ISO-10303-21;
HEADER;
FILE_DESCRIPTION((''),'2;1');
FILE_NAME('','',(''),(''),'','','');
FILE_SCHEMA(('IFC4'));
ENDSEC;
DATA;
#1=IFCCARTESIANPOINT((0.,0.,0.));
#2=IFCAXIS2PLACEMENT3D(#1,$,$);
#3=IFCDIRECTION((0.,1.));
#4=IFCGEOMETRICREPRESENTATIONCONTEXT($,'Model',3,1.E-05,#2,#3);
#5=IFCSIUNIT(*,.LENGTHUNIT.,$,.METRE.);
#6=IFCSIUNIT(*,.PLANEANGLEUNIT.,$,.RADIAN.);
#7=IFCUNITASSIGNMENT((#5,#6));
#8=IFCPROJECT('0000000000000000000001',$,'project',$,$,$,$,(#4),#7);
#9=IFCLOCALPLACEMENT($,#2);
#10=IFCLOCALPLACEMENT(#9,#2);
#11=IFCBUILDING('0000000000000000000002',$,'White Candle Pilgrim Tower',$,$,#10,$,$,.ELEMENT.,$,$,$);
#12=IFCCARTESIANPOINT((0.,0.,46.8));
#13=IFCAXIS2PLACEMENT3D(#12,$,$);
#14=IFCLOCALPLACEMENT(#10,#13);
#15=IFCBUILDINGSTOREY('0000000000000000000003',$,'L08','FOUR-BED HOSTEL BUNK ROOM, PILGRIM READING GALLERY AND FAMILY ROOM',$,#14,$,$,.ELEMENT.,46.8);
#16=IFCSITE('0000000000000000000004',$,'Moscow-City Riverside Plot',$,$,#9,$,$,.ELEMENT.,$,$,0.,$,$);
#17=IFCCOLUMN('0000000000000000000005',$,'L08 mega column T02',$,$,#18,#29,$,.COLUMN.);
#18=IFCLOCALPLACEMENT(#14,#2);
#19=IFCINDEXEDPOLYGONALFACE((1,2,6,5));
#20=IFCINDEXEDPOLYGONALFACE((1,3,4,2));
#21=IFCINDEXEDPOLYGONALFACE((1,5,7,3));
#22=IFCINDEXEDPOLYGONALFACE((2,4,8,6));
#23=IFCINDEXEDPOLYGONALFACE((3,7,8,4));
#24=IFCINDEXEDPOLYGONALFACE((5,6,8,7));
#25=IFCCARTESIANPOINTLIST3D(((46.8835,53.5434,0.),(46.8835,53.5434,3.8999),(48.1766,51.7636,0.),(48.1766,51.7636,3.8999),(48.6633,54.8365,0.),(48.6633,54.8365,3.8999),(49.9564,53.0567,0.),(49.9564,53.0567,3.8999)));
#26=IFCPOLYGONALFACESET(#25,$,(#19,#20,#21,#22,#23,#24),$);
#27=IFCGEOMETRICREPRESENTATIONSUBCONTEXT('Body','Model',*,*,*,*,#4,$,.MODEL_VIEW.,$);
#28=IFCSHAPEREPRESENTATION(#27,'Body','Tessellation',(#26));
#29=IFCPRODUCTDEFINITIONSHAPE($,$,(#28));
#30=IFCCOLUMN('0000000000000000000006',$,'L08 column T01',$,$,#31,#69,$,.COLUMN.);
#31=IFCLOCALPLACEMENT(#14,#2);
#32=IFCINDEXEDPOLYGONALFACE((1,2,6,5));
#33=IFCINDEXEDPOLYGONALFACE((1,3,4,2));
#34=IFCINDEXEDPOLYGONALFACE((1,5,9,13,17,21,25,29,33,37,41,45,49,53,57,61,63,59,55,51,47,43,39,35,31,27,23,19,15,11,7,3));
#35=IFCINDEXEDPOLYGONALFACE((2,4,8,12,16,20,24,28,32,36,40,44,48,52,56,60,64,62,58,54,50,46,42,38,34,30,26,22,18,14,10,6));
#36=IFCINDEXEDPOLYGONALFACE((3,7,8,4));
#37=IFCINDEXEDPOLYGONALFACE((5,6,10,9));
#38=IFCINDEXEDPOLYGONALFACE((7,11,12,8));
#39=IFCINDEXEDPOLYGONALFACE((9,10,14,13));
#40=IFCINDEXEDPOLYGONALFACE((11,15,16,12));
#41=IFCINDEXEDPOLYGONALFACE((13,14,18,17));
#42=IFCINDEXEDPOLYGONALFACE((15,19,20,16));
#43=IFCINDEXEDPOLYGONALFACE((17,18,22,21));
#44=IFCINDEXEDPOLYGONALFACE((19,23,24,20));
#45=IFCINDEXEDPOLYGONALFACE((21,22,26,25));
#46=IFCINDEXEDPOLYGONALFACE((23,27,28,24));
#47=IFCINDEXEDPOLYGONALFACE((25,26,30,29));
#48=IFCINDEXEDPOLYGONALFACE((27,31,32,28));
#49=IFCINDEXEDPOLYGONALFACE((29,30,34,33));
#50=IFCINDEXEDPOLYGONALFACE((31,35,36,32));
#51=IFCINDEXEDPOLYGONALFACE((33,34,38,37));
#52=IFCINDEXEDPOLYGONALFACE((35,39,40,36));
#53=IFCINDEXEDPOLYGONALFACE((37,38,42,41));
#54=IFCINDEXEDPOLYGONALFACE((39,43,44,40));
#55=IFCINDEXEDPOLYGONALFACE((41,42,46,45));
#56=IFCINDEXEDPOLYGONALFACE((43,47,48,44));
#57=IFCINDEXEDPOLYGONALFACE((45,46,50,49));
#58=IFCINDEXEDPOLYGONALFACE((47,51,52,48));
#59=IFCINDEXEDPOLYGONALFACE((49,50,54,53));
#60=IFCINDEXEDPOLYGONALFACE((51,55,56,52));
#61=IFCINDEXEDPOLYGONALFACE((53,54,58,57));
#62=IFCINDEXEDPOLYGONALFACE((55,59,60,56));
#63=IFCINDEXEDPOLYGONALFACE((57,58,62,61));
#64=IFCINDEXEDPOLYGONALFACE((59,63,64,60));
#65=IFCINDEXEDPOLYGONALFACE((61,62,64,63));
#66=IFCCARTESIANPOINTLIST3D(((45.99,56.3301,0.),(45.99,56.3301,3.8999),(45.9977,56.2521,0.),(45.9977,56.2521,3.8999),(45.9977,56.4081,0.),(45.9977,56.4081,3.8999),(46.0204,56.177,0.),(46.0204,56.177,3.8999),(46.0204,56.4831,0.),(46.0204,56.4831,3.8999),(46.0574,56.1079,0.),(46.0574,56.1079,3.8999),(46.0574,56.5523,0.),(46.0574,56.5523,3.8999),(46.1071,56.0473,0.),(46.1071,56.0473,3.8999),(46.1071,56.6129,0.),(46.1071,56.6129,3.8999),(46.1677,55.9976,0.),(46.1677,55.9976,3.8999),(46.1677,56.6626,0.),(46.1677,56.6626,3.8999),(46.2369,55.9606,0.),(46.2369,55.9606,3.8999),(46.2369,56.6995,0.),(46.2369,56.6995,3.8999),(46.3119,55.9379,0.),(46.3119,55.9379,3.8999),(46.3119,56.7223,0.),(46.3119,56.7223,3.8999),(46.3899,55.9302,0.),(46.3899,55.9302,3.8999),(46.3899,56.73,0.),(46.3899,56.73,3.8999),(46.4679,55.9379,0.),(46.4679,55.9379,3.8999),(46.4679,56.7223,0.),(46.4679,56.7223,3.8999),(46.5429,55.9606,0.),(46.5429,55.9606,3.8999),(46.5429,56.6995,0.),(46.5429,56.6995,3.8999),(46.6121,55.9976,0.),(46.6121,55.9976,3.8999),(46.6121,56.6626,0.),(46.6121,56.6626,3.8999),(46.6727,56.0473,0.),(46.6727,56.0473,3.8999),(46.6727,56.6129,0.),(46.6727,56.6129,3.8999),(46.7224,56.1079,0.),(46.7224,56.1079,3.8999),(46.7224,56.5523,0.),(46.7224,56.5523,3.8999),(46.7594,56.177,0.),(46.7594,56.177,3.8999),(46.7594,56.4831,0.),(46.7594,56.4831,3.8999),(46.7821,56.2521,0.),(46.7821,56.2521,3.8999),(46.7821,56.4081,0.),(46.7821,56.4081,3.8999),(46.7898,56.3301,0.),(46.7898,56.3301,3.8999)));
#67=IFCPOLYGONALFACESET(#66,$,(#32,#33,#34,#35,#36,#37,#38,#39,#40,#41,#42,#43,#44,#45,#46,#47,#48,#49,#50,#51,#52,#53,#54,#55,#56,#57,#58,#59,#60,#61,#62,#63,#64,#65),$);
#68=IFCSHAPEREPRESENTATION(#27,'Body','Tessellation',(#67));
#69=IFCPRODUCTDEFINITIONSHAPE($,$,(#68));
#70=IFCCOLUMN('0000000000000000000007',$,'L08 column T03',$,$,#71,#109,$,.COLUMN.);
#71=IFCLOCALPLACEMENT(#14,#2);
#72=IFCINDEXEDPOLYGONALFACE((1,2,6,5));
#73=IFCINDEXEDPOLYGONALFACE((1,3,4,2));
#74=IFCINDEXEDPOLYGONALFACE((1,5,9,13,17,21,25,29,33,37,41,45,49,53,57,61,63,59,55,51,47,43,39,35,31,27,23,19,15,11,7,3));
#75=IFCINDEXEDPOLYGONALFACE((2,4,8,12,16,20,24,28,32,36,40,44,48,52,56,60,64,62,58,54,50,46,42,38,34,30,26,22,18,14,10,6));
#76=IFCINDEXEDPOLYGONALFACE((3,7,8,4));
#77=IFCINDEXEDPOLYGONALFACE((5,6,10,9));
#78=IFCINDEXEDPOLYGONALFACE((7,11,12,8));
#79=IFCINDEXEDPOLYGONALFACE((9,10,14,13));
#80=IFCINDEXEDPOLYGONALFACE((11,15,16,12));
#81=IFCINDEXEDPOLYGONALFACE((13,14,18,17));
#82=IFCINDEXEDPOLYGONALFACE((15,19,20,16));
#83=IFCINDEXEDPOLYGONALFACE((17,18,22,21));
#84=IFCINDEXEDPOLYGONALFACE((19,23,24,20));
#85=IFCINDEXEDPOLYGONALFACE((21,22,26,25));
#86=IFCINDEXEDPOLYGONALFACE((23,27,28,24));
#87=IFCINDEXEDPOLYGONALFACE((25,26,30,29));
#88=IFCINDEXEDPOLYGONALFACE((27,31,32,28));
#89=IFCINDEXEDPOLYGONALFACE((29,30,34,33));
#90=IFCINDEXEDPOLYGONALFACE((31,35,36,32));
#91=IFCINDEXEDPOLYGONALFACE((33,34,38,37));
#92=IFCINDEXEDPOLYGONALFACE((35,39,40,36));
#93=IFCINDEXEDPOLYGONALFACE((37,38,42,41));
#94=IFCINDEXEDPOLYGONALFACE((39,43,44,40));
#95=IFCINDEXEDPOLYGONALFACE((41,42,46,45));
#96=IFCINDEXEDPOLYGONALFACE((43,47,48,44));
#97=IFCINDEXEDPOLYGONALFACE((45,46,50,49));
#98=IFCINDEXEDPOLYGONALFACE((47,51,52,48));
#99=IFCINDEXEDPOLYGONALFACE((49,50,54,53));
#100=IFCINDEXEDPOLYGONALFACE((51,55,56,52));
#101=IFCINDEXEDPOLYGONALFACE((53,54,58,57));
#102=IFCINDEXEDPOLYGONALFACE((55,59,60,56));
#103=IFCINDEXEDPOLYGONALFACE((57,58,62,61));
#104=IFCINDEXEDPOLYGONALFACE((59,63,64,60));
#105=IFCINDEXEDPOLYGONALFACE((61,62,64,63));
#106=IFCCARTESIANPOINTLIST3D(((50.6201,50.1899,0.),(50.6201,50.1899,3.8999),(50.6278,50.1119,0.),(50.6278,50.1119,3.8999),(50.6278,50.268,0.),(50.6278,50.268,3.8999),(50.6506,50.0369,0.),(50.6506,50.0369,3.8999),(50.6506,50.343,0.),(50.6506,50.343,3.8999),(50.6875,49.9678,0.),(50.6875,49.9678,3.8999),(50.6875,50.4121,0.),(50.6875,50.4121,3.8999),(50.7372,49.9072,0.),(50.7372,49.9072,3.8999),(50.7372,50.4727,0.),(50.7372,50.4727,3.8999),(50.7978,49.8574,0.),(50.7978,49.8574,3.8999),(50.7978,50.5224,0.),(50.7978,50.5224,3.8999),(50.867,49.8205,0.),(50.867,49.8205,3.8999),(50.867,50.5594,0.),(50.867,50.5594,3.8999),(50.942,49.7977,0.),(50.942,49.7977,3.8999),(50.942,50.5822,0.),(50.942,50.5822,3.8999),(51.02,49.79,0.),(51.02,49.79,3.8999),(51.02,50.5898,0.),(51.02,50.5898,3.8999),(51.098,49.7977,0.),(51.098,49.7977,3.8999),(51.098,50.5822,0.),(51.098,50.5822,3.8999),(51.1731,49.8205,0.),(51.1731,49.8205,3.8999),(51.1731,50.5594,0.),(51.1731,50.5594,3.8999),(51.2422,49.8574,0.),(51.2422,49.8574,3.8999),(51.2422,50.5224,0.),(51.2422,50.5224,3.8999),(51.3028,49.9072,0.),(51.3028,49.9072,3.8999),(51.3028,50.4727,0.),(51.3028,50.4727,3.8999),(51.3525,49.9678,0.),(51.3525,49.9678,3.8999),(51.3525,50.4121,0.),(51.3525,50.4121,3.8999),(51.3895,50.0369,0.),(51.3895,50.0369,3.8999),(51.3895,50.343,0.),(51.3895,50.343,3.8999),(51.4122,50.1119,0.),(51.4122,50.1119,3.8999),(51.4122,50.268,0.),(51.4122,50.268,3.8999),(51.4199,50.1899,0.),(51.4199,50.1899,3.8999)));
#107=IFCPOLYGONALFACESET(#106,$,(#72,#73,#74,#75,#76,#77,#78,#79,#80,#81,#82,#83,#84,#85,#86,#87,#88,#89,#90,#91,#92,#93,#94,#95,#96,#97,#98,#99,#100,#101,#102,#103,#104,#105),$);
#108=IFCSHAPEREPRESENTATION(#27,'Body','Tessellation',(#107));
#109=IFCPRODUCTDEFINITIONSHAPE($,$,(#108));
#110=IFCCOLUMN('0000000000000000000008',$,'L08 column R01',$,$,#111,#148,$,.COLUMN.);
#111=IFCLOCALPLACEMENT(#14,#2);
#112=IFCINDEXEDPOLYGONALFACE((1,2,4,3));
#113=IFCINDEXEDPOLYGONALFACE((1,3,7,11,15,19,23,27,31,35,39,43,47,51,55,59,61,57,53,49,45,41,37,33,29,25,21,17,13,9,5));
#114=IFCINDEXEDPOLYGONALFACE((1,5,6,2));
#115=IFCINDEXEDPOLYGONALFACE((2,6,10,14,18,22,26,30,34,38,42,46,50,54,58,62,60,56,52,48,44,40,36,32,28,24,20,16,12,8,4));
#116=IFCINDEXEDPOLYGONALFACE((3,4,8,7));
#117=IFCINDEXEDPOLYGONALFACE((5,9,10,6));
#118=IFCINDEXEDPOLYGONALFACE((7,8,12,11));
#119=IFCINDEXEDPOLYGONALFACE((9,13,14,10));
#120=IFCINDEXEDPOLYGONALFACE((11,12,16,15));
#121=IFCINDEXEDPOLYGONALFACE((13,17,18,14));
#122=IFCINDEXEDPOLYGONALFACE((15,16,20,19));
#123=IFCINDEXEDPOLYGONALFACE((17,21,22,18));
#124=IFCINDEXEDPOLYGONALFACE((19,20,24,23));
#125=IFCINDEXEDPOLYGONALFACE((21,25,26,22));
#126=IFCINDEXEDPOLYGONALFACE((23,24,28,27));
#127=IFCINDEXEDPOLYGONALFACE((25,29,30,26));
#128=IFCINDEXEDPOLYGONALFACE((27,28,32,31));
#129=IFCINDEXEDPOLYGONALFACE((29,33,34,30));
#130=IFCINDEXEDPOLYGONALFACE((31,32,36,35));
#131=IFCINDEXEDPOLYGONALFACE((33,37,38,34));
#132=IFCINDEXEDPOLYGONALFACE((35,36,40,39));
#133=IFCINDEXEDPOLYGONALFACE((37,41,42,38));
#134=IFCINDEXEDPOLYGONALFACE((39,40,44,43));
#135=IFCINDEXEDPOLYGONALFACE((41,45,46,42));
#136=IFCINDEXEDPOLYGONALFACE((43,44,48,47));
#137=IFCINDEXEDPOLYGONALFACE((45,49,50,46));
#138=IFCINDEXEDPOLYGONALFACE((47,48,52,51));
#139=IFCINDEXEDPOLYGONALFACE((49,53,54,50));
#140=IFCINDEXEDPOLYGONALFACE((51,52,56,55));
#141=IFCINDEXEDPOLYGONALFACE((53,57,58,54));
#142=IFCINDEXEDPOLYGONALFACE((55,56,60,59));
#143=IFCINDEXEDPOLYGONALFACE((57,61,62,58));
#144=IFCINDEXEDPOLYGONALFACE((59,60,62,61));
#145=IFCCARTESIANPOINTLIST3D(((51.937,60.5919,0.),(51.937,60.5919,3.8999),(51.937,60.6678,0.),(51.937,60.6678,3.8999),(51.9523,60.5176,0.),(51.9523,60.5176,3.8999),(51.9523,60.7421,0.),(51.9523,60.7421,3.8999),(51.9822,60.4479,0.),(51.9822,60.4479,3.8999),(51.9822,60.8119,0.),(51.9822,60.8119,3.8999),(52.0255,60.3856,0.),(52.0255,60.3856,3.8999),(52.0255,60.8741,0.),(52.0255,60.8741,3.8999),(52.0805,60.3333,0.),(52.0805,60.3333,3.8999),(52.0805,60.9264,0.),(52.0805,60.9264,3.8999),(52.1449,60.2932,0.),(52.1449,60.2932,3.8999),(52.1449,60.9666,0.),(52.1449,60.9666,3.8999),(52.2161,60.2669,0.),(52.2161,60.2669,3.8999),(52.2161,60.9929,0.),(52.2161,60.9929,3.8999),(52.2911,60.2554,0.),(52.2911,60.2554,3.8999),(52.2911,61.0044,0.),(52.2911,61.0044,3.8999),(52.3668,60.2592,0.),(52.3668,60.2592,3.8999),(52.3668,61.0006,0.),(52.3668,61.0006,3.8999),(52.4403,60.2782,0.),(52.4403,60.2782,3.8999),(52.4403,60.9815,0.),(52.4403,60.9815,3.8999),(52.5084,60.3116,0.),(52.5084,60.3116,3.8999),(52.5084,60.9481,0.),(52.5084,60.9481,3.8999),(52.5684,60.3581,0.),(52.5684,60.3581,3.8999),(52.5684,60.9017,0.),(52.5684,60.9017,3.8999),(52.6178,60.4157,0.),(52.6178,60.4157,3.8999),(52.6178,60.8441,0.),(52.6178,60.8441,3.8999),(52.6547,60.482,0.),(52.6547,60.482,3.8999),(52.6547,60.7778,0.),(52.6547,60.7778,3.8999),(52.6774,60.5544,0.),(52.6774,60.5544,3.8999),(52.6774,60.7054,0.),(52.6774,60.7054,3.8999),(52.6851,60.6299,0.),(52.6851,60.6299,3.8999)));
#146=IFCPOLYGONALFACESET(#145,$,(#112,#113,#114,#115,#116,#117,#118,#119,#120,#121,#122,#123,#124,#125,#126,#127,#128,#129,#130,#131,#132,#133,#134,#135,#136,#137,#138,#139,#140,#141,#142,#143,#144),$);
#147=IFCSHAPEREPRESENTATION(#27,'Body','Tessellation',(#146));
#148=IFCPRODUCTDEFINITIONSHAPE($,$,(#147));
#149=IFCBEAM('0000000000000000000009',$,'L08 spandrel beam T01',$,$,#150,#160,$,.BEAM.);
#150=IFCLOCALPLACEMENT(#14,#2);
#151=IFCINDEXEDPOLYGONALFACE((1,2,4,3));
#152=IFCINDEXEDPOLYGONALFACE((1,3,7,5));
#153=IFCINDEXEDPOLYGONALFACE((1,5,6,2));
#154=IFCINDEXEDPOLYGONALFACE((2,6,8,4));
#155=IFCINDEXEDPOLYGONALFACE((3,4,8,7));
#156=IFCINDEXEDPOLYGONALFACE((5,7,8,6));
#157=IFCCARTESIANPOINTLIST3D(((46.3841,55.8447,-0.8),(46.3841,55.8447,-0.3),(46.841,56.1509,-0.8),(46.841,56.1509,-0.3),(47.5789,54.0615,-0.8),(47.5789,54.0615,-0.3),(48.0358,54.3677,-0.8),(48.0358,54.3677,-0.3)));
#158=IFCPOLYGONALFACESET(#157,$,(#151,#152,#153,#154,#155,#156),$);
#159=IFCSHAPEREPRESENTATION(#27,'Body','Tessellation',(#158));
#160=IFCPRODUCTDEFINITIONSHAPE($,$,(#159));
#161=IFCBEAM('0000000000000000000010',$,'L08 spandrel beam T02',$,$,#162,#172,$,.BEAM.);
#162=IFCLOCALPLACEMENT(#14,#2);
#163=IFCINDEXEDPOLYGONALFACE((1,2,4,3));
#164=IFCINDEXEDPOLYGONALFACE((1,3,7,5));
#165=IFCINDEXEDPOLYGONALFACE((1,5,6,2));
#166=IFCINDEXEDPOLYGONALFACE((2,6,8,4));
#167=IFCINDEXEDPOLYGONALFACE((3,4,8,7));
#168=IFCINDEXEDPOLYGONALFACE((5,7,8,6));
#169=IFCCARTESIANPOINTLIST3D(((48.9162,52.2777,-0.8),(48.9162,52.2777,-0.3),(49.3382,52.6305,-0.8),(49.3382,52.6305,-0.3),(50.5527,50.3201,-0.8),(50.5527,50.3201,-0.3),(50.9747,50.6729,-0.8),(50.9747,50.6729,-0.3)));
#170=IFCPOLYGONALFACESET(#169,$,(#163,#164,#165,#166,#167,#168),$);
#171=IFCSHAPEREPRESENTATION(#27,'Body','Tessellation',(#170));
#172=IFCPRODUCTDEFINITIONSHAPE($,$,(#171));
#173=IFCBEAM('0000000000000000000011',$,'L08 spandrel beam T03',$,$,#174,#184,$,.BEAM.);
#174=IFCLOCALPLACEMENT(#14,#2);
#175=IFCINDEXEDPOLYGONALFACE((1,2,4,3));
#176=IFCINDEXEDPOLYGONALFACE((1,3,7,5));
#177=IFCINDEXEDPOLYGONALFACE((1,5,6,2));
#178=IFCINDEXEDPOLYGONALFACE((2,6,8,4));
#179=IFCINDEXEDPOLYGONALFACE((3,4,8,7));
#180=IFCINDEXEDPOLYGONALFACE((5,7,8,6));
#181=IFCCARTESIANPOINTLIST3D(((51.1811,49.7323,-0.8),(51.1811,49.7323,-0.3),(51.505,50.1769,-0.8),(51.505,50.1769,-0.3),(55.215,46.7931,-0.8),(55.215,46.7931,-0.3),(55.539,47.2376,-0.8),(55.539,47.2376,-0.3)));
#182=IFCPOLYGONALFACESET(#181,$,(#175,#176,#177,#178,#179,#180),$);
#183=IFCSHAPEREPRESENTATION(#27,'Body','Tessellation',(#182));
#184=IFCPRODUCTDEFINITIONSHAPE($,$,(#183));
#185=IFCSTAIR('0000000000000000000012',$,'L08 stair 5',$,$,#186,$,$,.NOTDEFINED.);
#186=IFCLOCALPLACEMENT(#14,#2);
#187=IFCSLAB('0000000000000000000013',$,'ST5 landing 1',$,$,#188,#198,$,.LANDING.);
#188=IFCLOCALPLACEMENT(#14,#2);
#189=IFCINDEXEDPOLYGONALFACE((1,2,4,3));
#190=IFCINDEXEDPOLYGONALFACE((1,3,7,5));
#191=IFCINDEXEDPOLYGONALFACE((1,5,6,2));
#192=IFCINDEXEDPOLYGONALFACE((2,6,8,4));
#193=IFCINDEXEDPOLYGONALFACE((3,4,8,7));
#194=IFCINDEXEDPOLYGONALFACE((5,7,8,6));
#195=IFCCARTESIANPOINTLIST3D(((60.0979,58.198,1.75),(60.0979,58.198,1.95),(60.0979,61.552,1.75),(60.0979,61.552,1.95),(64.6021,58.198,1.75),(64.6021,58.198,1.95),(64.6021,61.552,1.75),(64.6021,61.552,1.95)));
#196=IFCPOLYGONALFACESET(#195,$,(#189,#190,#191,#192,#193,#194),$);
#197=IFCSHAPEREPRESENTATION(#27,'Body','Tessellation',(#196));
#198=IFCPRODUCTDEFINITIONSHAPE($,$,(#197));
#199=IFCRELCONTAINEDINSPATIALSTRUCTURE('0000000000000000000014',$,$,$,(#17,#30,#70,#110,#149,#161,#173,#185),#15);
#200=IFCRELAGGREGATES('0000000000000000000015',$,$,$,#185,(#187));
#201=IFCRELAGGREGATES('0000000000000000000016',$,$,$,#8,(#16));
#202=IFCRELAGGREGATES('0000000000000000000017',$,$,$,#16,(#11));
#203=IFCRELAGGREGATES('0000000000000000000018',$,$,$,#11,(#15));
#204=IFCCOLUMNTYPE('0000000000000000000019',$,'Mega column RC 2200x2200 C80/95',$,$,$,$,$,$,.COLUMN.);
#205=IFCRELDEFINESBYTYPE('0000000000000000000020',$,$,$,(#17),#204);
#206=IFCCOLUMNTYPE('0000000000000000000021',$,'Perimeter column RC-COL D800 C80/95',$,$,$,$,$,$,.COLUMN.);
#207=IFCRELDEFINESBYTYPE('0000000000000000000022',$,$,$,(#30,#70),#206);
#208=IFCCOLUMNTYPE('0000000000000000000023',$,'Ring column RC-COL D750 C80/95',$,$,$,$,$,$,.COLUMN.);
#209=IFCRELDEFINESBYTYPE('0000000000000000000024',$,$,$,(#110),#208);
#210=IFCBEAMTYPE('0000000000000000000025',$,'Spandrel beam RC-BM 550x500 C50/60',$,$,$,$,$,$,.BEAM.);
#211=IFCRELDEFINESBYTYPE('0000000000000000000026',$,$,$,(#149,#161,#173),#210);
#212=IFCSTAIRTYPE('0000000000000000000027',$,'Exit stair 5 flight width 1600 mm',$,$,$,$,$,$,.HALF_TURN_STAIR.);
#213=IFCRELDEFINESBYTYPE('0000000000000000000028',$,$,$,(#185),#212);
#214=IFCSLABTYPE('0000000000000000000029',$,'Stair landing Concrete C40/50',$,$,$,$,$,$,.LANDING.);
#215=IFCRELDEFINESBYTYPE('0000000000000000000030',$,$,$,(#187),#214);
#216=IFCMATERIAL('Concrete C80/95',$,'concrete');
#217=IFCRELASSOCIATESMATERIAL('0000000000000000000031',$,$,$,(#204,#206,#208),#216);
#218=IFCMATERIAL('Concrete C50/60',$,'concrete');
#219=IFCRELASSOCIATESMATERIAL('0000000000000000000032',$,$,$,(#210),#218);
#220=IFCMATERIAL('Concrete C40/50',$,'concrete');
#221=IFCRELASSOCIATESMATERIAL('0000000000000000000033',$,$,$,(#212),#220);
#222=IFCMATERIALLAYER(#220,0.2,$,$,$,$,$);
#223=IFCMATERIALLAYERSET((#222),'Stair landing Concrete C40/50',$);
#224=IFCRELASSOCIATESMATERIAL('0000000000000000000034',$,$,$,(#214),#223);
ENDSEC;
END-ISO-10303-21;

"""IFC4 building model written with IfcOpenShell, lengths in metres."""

from ifc_helpers import new_model, si_unit, direction, frame, origin, origin_2d, place, context, subcontext, project, spatial, polyline, rectangle, circle, outline, extrude, material, layer, layer_set, material_profile, profile_set, type_object, element, aggregate, save


model = new_model("IFC4")

# Units and contexts
model_context = context("Model", 3, precision=1e-05, world=origin(), true_north=direction((0.0, 1.0)))
body_context = subcontext(model_context, "Body", "Model", "MODEL_VIEW")
ifc_project = project(units=[si_unit("LENGTHUNIT", "METRE"), si_unit("PLANEANGLEUNIT", "RADIAN")], contexts=[model_context])

# Site, building, storey
site_placement = place(None, origin())
site = spatial("IfcSite", under=ifc_project, at=site_placement, Name="Moscow-City Riverside Plot", CompositionType="ELEMENT", RefElevation=0.0)
building_placement = place(site_placement, origin())
building = spatial("IfcBuilding", under=site, at=building_placement, Name="White Candle Pilgrim Tower", CompositionType="ELEMENT")
storey_placement = place(building_placement, frame((0.0, 0.0, 46.8)))
storey = spatial("IfcBuildingStorey", under=building, at=storey_placement, Name="L08", Description="FOUR-BED HOSTEL BUNK ROOM, PILGRIM READING GALLERY AND FAMILY ROOM", CompositionType="ELEMENT", Elevation=46.8)

# Columns
ifc_material_1 = material(Name="Concrete C80/95", Category="concrete")
ifc_material_profile_1 = material_profile(ifc_material_1, rectangle(XDim=2.2, YDim=2.2, at=origin_2d()), Name="RC 2200x2200")
ifc_profile_set_1 = profile_set([ifc_material_profile_1], Name="Concrete C80/95")
column_type_1 = type_object("IfcColumnType", Name="Mega column RC 2200x2200 C80/95", PredefinedType="COLUMN", material=ifc_profile_set_1)
column_1_placement = place(storey_placement, frame((48.4199, 53.3, 0.0), z_axis=(0.0, 0.0, 1.0), x_axis=(-0.809017, -0.587785, 0.0)))
element("IfcColumn", 1, at=column_1_placement, inside=storey, type_object=column_type_1, Name="L08 mega column T02", PredefinedType="COLUMN", context=body_context, shape_type="SweptSolid", body=[
    extrude(rectangle(XDim=2.2, YDim=2.2, at=origin_2d()), origin(), (0.0, 0.0, 1.0), 3.8999),
])
ifc_material_profile_2 = material_profile(ifc_material_1, circle(Radius=0.3999, at=origin_2d()), Name="RC-COL D800")
ifc_profile_set_2 = profile_set([ifc_material_profile_2], Name="Concrete C80/95")
column_type_2 = type_object("IfcColumnType", Name="Perimeter column RC-COL D800 C80/95", PredefinedType="COLUMN", material=ifc_profile_set_2)
for number, where, z_axis, x_axis, name in (
    (2, (46.3899, 56.3301, 0.0), (0.0, 0.0, 1.0), (1.0, 0.0, 0.0), "L08 column T01"),
    (3, (51.02, 50.1899, 0.0), (0.0, 0.0, 1.0), (1.0, 0.0, 0.0), "L08 column T03"),
):
    element("IfcColumn", number, at=place(storey_placement, frame(where, z_axis=z_axis, x_axis=x_axis)), inside=storey, type_object=column_type_2, Name=name, PredefinedType="COLUMN", context=body_context, shape_type="SweptSolid", body=[
        extrude(circle(Radius=0.3999, at=origin_2d()), origin(), (0.0, 0.0, 1.0), 3.8999),
    ])
ifc_material_profile_3 = material_profile(ifc_material_1, circle(Radius=0.375, at=origin_2d()), Name="RC-COL D750")
ifc_profile_set_3 = profile_set([ifc_material_profile_3], Name="Concrete C80/95")
column_type_3 = type_object("IfcColumnType", Name="Ring column RC-COL D750 C80/95", PredefinedType="COLUMN", material=ifc_profile_set_3)
column_2_placement = place(storey_placement, frame((52.3101, 60.6299, 0.0), z_axis=(0.0, 0.0, 1.0), x_axis=(1.0, 0.0, 0.0)))
element("IfcColumn", 4, at=column_2_placement, inside=storey, type_object=column_type_3, Name="L08 column R01", PredefinedType="COLUMN", context=body_context, shape_type="SweptSolid", body=[
    extrude(circle(Radius=0.375, at=origin_2d()), origin(), (0.0, 0.0, 1.0), 3.8999),
])

# Beams
ifc_material_2 = material(Name="Concrete C50/60", Category="concrete")
ifc_material_profile_4 = material_profile(ifc_material_2, rectangle(XDim=0.55, YDim=0.5, at=origin_2d()), Name="RC-BM 550x500")
ifc_profile_set_4 = profile_set([ifc_material_profile_4], Name="Concrete C50/60")
beam_type = type_object("IfcBeamType", Name="Spandrel beam RC-BM 550x500 C50/60", PredefinedType="BEAM", material=ifc_profile_set_4)
beam_1_placement = place(storey_placement, frame((46.6125, 55.9978, -0.55), z_axis=(0.556641, -0.830753, 0.0), x_axis=(0.830753, 0.556641, 0.0)))
element("IfcBeam", 5, at=beam_1_placement, inside=storey, type_object=beam_type, Name="L08 spandrel beam T01", PredefinedType="BEAM", context=body_context, shape_type="SweptSolid", body=[
    extrude(rectangle(XDim=0.55, YDim=0.5, at=origin_2d()), origin(), (0.0, 0.0, 1.0), 2.1465),
])
beam_2_placement = place(storey_placement, frame((49.1272, 52.4541, -0.55), z_axis=(0.641388, -0.767216, 0.0), x_axis=(0.767216, 0.641388, 0.0)))
element("IfcBeam", 6, at=beam_2_placement, inside=storey, type_object=beam_type, Name="L08 spandrel beam T02", PredefinedType="BEAM", context=body_context, shape_type="SweptSolid", body=[
    extrude(rectangle(XDim=0.55, YDim=0.5, at=origin_2d()), origin(), (0.0, 0.0, 1.0), 2.5515),
])
beam_3_placement = place(storey_placement, frame((51.343, 49.9546, -0.55), z_axis=(0.808218, -0.588884, 0.0), x_axis=(0.588884, 0.808218, 0.0)))
element("IfcBeam", 7, at=beam_3_placement, inside=storey, type_object=beam_type, Name="L08 spandrel beam T03", PredefinedType="BEAM", context=body_context, shape_type="SweptSolid", body=[
    extrude(rectangle(XDim=0.55, YDim=0.5, at=origin_2d()), origin(), (0.0, 0.0, 1.0), 4.9912),
])

# Stair, slab
ifc_material_3 = material(Name="Concrete C40/50", Category="concrete")
stair_type = type_object("IfcStairType", Name="Exit stair 5 flight width 1600 mm", PredefinedType="HALF_TURN_STAIR", material=ifc_material_3)
stair_placement = place(storey_placement, origin())
stair = element("IfcStair", 8, at=stair_placement, inside=storey, type_object=stair_type, Name="L08 stair 5", PredefinedType="NOTDEFINED")
ifc_layer_1 = layer(ifc_material_3, 0.2)
ifc_layer_set_1 = layer_set([ifc_layer_1], Name="Stair landing Concrete C40/50")
slab_type = type_object("IfcSlabType", Name="Stair landing Concrete C40/50", PredefinedType="LANDING", material=ifc_layer_set_1)
slab_placement = place(storey_placement, frame((0.0, 0.0, 1.75)))
slab = element("IfcSlab", 9, at=slab_placement, type_object=slab_type, Name="ST5 landing 1", PredefinedType="LANDING", context=body_context, shape_type="SweptSolid", body=[
    extrude(outline(polyline([(60.0979, 58.198), (60.0979, 61.552), (64.6021, 61.552), (64.6021, 58.198), (60.0979, 58.198)])), origin(), (0.0, 0.0, 1.0), 0.2),
])
aggregate(stair, [slab])

save(model, "model.ifc")
